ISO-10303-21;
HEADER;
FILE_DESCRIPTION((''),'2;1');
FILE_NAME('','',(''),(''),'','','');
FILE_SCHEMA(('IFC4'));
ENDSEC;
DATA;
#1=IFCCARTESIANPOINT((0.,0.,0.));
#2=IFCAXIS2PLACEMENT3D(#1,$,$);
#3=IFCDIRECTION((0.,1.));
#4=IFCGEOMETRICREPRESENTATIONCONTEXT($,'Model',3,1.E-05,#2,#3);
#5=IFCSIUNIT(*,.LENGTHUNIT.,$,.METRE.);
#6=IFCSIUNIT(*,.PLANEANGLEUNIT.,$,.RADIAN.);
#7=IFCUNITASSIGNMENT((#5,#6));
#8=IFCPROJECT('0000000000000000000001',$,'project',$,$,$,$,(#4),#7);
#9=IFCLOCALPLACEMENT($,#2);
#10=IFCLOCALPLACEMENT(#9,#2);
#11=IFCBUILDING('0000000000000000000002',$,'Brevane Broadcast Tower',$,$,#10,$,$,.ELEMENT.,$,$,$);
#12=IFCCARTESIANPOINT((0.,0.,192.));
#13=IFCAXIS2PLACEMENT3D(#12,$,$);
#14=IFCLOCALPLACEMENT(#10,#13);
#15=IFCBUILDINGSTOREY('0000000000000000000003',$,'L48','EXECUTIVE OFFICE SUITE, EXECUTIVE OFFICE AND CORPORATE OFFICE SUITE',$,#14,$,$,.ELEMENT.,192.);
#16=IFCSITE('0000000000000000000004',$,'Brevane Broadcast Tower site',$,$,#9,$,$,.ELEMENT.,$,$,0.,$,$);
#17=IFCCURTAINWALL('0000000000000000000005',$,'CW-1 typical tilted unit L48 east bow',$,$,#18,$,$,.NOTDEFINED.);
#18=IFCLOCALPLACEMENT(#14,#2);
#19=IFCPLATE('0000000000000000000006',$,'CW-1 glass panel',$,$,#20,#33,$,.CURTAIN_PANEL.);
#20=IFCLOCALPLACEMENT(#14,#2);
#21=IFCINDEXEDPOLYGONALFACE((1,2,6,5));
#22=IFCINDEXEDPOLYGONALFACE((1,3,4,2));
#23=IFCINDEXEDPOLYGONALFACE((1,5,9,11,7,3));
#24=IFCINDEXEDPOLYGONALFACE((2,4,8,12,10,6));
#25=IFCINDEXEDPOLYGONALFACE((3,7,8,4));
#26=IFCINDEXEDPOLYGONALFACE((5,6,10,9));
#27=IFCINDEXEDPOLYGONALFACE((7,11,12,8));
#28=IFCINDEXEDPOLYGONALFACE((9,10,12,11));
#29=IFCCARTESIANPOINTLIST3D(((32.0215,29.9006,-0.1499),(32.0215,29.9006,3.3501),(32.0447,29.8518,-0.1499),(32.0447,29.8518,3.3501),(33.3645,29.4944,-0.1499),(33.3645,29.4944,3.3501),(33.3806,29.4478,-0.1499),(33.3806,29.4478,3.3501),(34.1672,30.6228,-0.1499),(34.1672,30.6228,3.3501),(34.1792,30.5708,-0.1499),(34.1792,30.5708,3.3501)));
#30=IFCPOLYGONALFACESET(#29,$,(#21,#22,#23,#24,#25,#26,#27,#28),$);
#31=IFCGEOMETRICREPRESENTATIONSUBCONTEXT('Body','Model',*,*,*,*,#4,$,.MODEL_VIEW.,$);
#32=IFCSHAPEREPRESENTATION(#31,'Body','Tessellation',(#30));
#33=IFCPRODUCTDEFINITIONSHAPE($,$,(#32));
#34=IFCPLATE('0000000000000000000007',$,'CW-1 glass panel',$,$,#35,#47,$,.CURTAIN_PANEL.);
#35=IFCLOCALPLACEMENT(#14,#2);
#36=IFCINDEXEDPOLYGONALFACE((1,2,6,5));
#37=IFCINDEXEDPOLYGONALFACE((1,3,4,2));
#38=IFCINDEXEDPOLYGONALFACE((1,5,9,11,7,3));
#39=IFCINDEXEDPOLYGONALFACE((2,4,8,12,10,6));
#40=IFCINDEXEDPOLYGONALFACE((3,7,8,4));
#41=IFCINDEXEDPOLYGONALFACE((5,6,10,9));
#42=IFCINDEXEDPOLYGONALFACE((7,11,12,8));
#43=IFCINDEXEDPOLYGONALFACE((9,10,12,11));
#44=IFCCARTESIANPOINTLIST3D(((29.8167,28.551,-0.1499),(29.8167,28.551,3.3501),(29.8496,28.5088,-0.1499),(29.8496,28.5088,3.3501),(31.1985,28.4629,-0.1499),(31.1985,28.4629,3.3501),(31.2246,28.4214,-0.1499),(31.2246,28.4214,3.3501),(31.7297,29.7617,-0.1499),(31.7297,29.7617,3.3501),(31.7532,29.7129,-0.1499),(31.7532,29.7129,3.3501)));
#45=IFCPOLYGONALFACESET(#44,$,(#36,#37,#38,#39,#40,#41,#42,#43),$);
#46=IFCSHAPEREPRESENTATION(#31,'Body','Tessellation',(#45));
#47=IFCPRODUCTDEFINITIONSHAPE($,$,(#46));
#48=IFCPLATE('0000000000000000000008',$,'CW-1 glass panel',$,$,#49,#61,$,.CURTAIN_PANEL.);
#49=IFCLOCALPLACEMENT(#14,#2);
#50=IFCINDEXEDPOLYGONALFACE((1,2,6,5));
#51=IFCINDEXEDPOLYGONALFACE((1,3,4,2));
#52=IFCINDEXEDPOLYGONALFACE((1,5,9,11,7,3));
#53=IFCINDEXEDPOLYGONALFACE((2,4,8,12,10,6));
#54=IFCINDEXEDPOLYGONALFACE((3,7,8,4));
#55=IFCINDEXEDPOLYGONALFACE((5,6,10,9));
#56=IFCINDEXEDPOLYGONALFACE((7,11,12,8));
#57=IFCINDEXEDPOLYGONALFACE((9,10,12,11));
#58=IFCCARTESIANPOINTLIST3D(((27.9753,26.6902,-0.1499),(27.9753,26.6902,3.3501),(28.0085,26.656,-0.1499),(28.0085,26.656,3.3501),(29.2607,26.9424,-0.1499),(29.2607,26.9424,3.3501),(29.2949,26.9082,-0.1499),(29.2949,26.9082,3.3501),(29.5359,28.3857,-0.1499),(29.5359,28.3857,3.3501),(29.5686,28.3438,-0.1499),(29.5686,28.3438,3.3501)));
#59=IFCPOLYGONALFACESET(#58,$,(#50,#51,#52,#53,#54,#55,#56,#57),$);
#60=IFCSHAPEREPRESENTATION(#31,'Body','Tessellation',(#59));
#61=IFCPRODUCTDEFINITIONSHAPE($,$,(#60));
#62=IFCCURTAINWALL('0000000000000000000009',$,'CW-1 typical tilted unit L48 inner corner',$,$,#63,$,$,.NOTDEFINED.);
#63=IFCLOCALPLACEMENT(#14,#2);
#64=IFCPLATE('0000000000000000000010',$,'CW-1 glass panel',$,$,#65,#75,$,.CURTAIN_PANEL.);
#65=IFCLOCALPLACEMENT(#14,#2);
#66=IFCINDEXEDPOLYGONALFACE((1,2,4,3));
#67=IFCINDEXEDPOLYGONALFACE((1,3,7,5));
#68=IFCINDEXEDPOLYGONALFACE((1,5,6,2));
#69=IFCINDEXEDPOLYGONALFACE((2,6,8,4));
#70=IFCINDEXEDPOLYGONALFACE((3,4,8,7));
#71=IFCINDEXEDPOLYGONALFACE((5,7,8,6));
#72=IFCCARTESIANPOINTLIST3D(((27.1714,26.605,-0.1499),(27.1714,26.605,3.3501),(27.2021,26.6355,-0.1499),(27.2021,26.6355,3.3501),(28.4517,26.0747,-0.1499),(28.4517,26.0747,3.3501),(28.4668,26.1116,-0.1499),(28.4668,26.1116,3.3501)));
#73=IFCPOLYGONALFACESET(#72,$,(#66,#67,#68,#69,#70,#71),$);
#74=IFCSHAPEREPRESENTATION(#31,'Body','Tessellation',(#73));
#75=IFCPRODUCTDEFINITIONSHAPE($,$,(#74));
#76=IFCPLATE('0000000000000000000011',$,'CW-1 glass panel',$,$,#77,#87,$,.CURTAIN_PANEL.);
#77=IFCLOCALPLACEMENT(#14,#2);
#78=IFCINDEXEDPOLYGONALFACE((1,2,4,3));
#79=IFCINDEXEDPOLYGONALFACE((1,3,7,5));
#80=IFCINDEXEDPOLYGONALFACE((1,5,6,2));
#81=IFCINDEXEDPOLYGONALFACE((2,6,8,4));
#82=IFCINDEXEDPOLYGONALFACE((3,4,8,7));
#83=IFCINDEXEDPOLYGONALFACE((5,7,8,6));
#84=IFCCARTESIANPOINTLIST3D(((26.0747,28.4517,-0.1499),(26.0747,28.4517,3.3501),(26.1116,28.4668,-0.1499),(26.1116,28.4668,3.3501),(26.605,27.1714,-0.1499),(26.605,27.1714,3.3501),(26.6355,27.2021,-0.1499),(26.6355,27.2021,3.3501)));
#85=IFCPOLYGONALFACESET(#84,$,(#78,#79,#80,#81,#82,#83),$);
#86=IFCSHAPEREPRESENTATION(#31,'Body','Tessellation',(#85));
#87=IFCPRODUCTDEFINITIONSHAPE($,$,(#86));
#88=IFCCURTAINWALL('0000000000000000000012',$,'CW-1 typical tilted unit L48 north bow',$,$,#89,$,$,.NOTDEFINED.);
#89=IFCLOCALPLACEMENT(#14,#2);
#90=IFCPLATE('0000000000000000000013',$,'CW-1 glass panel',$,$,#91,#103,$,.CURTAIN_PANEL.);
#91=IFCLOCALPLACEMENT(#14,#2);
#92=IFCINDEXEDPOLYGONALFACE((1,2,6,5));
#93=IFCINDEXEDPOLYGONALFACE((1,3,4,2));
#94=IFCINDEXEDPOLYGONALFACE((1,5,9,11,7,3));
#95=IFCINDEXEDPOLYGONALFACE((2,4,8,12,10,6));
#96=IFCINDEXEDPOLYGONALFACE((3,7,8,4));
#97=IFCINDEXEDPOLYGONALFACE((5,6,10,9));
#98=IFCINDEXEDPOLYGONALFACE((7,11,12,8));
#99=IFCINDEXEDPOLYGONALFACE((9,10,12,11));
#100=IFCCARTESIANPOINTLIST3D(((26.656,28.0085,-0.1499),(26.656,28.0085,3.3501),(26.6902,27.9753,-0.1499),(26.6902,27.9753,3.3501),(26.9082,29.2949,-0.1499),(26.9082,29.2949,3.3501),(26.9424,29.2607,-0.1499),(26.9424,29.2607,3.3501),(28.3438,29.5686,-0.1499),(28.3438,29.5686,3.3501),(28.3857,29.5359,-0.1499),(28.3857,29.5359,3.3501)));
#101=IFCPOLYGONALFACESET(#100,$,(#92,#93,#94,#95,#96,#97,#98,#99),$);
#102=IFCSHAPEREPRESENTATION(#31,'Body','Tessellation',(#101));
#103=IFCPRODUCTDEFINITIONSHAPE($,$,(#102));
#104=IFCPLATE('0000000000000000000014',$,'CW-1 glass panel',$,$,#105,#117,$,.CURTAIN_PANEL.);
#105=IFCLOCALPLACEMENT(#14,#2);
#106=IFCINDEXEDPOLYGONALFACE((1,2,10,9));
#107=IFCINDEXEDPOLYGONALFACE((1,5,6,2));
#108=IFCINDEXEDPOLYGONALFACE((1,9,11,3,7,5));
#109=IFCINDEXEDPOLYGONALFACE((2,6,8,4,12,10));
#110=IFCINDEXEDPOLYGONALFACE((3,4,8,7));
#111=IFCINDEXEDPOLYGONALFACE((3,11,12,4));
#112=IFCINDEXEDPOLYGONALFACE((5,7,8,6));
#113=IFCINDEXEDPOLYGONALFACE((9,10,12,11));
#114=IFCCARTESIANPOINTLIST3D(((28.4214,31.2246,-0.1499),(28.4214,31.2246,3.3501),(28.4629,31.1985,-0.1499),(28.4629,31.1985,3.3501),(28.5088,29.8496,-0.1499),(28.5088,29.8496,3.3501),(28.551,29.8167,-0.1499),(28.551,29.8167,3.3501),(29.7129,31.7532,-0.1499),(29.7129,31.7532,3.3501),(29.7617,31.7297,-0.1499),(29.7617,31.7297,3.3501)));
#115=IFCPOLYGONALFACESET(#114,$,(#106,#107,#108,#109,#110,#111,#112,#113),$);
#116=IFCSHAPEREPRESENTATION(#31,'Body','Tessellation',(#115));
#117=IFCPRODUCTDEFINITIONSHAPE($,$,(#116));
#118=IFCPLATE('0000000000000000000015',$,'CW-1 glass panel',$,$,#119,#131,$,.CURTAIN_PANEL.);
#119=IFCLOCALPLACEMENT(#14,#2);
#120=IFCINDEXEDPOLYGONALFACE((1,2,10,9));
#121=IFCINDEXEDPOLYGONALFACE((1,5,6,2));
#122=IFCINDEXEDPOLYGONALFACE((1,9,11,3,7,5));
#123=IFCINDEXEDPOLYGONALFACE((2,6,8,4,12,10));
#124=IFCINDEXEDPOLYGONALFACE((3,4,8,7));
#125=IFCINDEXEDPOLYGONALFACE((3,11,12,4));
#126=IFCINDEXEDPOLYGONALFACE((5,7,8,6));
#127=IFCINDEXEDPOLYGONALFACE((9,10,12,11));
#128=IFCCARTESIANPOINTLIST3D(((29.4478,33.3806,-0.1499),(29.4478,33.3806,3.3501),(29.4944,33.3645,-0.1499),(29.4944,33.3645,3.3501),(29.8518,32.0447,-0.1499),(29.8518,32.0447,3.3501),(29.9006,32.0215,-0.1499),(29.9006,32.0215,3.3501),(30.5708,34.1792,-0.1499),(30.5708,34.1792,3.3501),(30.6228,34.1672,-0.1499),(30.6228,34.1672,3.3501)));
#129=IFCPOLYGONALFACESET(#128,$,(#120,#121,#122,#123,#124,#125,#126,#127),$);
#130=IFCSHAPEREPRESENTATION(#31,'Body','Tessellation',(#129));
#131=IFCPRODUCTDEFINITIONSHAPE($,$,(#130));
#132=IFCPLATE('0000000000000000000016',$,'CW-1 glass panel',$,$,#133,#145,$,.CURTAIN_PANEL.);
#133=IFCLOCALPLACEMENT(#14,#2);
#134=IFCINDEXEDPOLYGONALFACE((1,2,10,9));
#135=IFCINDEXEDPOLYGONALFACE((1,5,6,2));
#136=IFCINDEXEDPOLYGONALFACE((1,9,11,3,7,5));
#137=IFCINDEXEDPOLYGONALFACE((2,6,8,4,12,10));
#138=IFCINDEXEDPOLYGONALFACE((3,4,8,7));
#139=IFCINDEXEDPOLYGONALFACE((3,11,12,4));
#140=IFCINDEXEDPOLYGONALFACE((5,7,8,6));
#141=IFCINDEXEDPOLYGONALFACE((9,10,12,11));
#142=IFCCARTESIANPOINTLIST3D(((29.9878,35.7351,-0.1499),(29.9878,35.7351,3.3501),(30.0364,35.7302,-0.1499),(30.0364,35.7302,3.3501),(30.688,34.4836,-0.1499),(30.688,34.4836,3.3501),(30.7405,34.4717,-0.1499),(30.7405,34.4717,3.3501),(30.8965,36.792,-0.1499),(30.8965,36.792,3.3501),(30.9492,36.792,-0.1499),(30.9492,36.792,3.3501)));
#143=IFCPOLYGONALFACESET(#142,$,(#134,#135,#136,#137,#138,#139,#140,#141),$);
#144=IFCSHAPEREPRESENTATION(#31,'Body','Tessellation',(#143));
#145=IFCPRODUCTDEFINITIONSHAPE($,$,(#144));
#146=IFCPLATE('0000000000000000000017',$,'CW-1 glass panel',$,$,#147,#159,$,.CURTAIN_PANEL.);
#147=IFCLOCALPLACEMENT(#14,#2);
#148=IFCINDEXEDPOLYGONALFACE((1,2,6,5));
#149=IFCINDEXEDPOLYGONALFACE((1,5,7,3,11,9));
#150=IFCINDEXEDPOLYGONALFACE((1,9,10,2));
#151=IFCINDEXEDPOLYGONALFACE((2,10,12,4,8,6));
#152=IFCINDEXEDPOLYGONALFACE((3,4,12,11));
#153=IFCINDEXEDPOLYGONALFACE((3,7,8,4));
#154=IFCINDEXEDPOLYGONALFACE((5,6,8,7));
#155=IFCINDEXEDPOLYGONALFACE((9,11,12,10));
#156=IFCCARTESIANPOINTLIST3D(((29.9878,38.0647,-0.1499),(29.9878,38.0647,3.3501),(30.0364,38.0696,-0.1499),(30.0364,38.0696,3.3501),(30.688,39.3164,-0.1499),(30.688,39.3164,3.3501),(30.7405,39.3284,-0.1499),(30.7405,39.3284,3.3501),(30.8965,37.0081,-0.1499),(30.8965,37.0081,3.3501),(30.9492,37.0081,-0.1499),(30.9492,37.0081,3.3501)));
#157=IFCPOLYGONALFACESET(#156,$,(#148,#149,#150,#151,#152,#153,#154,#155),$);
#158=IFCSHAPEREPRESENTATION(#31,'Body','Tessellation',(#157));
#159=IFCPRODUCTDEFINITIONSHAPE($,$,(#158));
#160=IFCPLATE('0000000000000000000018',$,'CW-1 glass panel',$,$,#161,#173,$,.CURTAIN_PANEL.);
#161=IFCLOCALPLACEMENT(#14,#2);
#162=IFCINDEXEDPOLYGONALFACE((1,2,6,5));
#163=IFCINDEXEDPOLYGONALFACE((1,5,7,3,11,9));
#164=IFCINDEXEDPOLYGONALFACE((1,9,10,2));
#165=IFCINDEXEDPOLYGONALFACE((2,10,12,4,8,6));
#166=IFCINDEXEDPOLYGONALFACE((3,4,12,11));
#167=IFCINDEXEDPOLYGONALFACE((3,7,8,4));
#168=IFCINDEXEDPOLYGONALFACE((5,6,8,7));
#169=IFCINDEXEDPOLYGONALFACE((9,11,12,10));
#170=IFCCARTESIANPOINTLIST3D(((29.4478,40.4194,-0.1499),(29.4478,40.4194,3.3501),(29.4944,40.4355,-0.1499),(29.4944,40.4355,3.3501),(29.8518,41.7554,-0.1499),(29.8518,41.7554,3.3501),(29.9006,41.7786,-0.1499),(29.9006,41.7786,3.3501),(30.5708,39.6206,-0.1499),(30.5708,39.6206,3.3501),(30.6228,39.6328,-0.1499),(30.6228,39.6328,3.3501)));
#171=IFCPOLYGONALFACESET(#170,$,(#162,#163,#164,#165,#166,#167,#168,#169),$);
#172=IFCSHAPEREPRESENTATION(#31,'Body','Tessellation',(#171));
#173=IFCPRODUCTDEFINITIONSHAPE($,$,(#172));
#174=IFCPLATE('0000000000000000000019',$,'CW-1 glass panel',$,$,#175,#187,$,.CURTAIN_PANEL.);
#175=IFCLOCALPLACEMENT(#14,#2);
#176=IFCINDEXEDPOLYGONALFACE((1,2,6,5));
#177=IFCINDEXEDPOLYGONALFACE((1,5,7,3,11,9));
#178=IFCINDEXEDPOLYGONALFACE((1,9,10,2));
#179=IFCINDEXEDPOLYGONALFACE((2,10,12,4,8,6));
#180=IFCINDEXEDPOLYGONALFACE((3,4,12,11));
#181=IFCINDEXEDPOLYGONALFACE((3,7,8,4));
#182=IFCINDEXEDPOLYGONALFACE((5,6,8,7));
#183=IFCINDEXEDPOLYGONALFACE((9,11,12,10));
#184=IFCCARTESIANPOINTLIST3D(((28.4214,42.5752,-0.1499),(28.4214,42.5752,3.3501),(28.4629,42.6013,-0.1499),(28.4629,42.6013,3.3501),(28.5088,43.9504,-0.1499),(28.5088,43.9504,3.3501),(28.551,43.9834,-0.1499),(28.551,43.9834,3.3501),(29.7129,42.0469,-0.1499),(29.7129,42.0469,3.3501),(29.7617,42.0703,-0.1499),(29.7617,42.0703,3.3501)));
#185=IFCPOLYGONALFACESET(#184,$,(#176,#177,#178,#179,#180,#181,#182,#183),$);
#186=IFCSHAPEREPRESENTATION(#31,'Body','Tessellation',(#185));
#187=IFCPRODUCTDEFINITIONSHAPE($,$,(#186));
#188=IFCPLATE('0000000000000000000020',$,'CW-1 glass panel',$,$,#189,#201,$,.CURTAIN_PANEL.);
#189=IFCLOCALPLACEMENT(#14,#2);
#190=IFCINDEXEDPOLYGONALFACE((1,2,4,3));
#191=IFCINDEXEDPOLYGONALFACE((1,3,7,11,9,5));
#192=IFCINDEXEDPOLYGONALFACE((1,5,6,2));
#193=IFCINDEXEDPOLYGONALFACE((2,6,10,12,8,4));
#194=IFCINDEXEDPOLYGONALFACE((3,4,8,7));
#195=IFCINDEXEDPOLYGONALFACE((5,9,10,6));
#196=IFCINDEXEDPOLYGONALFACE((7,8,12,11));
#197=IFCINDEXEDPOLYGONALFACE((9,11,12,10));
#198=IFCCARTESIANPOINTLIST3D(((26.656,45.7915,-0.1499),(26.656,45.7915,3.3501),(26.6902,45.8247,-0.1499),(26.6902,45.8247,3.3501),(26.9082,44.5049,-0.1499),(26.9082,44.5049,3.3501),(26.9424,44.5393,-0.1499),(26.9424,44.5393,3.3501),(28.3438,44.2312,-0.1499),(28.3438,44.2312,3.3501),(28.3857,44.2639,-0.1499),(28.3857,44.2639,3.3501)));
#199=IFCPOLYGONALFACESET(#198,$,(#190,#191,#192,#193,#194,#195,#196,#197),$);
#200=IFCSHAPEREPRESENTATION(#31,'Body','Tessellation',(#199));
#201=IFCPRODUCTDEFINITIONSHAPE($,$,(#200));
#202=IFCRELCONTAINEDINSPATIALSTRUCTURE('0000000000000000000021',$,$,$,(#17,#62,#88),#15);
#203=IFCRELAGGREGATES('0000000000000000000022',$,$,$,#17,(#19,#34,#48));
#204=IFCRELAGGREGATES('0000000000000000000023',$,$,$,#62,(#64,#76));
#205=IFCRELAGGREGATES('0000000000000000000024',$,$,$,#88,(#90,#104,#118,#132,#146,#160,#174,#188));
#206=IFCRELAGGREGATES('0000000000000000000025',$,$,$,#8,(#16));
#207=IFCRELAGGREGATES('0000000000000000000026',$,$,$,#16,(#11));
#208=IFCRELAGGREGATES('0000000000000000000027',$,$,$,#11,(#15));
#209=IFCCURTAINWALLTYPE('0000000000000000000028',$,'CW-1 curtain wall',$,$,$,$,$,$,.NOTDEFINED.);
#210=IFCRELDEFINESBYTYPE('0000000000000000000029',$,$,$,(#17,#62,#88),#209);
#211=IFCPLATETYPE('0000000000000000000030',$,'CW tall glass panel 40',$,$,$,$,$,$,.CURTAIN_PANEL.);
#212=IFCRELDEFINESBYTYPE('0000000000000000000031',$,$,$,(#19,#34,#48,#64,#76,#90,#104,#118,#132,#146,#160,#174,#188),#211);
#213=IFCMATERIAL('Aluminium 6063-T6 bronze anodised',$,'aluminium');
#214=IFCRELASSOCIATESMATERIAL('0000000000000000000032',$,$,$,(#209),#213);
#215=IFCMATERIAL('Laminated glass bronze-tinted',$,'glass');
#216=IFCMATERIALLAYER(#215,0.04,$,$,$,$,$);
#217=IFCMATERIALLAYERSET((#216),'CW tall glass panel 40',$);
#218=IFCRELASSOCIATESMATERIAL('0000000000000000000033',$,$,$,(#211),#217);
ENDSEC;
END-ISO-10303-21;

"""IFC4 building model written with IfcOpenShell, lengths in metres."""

from ifc_helpers import new_model, si_unit, direction, frame, origin, place, context, subcontext, project, spatial, polyline, outline, extrude, material, layer, layer_set, type_object, element, aggregate, save


model = new_model("IFC4")

# Units and contexts
model_context = context("Model", 3, precision=1e-05, world=origin(), true_north=direction((0.0, 1.0)))
body_context = subcontext(model_context, "Body", "Model", "MODEL_VIEW")
ifc_project = project(units=[si_unit("LENGTHUNIT", "METRE"), si_unit("PLANEANGLEUNIT", "RADIAN")], contexts=[model_context])

# Site, building, storey
site_placement = place(None, origin())
site = spatial("IfcSite", under=ifc_project, at=site_placement, Name="Brevane Broadcast Tower site", CompositionType="ELEMENT", RefElevation=0.0)
building_placement = place(site_placement, origin())
building = spatial("IfcBuilding", under=site, at=building_placement, Name="Brevane Broadcast Tower", CompositionType="ELEMENT")
storey_placement = place(building_placement, frame((0.0, 0.0, 192.0)))
storey = spatial("IfcBuildingStorey", under=building, at=storey_placement, Name="L48", Description="EXECUTIVE OFFICE SUITE, EXECUTIVE OFFICE AND CORPORATE OFFICE SUITE", CompositionType="ELEMENT", Elevation=192.0)

# Curtain walls, plates
ifc_material_1 = material(Name="Aluminium 6063-T6 bronze anodised", Category="aluminium")
curtain_wall_type = type_object("IfcCurtainWallType", Name="CW-1 curtain wall", PredefinedType="NOTDEFINED", material=ifc_material_1)
curtain_wall_1_placement = place(storey_placement, origin())
curtain_wall_1 = element("IfcCurtainWall", 1, at=curtain_wall_1_placement, inside=storey, type_object=curtain_wall_type, Name="CW-1 typical tilted unit L48 east bow", PredefinedType="NOTDEFINED")
ifc_material_2 = material(Name="Laminated glass bronze-tinted", Category="glass")
ifc_layer = layer(ifc_material_2, 0.04)
ifc_layer_set = layer_set([ifc_layer], Name="CW tall glass panel 40")
plate_type = type_object("IfcPlateType", Name="CW tall glass panel 40", PredefinedType="CURTAIN_PANEL", material=ifc_layer_set)
plate_1_placement = place(storey_placement, frame((0.0, 0.0, -0.1499)))
plate_1 = element("IfcPlate", 2, at=plate_1_placement, type_object=plate_type, Name="CW-1 glass panel", PredefinedType="CURTAIN_PANEL", context=body_context, shape_type="SweptSolid", body=[
    extrude(outline(polyline([(34.1792, 30.5708), (34.1672, 30.6228), (33.3645, 29.4944), (32.0215, 29.9006), (32.0447, 29.8518), (33.3806, 29.4478), (34.1792, 30.5708)])), origin(), (0.0, 0.0, 1.0), 3.5),
])
plate_2_placement = place(storey_placement, frame((0.0, 0.0, -0.1499)))
plate_2 = element("IfcPlate", 3, at=plate_2_placement, type_object=plate_type, Name="CW-1 glass panel", PredefinedType="CURTAIN_PANEL", context=body_context, shape_type="SweptSolid", body=[
    extrude(outline(polyline([(31.7532, 29.7129), (31.7297, 29.7617), (31.1985, 28.4629), (29.8167, 28.551), (29.8496, 28.5088), (31.2246, 28.4214), (31.7532, 29.7129)])), origin(), (0.0, 0.0, 1.0), 3.5),
])
plate_3_placement = place(storey_placement, frame((0.0, 0.0, -0.1499)))
plate_3 = element("IfcPlate", 4, at=plate_3_placement, type_object=plate_type, Name="CW-1 glass panel", PredefinedType="CURTAIN_PANEL", context=body_context, shape_type="SweptSolid", body=[
    extrude(outline(polyline([(29.5686, 28.3438), (29.5359, 28.3857), (29.2607, 26.9424), (27.9753, 26.6902), (28.0085, 26.656), (29.2949, 26.9082), (29.5686, 28.3438)])), origin(), (0.0, 0.0, 1.0), 3.5),
])
aggregate(curtain_wall_1, [plate_1, plate_2, plate_3])
curtain_wall_2_placement = place(storey_placement, origin())
curtain_wall_2 = element("IfcCurtainWall", 5, at=curtain_wall_2_placement, inside=storey, type_object=curtain_wall_type, Name="CW-1 typical tilted unit L48 inner corner", PredefinedType="NOTDEFINED")
plate_4_placement = place(storey_placement, frame((0.0, 0.0, -0.1499)))
plate_4 = element("IfcPlate", 6, at=plate_4_placement, type_object=plate_type, Name="CW-1 glass panel", PredefinedType="CURTAIN_PANEL", context=body_context, shape_type="SweptSolid", body=[
    extrude(outline(polyline([(28.4517, 26.0747), (28.4668, 26.1116), (27.2021, 26.6355), (27.1714, 26.605), (28.4517, 26.0747)])), origin(), (0.0, 0.0, 1.0), 3.5),
])
plate_5_placement = place(storey_placement, frame((0.0, 0.0, -0.1499)))
plate_5 = element("IfcPlate", 7, at=plate_5_placement, type_object=plate_type, Name="CW-1 glass panel", PredefinedType="CURTAIN_PANEL", context=body_context, shape_type="SweptSolid", body=[
    extrude(outline(polyline([(26.605, 27.1714), (26.6355, 27.2021), (26.1116, 28.4668), (26.0747, 28.4517), (26.605, 27.1714)])), origin(), (0.0, 0.0, 1.0), 3.5),
])
aggregate(curtain_wall_2, [plate_4, plate_5])
curtain_wall_3_placement = place(storey_placement, origin())
curtain_wall_3 = element("IfcCurtainWall", 8, at=curtain_wall_3_placement, inside=storey, type_object=curtain_wall_type, Name="CW-1 typical tilted unit L48 north bow", PredefinedType="NOTDEFINED")
plate_6_placement = place(storey_placement, frame((0.0, 0.0, -0.1499)))
plate_6 = element("IfcPlate", 9, at=plate_6_placement, type_object=plate_type, Name="CW-1 glass panel", PredefinedType="CURTAIN_PANEL", context=body_context, shape_type="SweptSolid", body=[
    extrude(outline(polyline([(26.656, 28.0085), (26.6902, 27.9753), (26.9424, 29.2607), (28.3857, 29.5359), (28.3438, 29.5686), (26.9082, 29.2949), (26.656, 28.0085)])), origin(), (0.0, 0.0, 1.0), 3.5),
])
plate_7_placement = place(storey_placement, frame((0.0, 0.0, -0.1499)))
plate_7 = element("IfcPlate", 10, at=plate_7_placement, type_object=plate_type, Name="CW-1 glass panel", PredefinedType="CURTAIN_PANEL", context=body_context, shape_type="SweptSolid", body=[
    extrude(outline(polyline([(28.5088, 29.8496), (28.551, 29.8167), (28.4629, 31.1985), (29.7617, 31.7297), (29.7129, 31.7532), (28.4214, 31.2246), (28.5088, 29.8496)])), origin(), (0.0, 0.0, 1.0), 3.5),
])
plate_8_placement = place(storey_placement, frame((0.0, 0.0, -0.1499)))
plate_8 = element("IfcPlate", 11, at=plate_8_placement, type_object=plate_type, Name="CW-1 glass panel", PredefinedType="CURTAIN_PANEL", context=body_context, shape_type="SweptSolid", body=[
    extrude(outline(polyline([(29.8518, 32.0447), (29.9006, 32.0215), (29.4944, 33.3645), (30.6228, 34.1672), (30.5708, 34.1792), (29.4478, 33.3806), (29.8518, 32.0447)])), origin(), (0.0, 0.0, 1.0), 3.5),
])
plate_9_placement = place(storey_placement, frame((0.0, 0.0, -0.1499)))
plate_9 = element("IfcPlate", 12, at=plate_9_placement, type_object=plate_type, Name="CW-1 glass panel", PredefinedType="CURTAIN_PANEL", context=body_context, shape_type="SweptSolid", body=[
    extrude(outline(polyline([(30.688, 34.4836), (30.7405, 34.4717), (30.0364, 35.7302), (30.9492, 36.792), (30.8965, 36.792), (29.9878, 35.7351), (30.688, 34.4836)])), origin(), (0.0, 0.0, 1.0), 3.5),
])
plate_10_placement = place(storey_placement, frame((0.0, 0.0, -0.1499)))
plate_10 = element("IfcPlate", 13, at=plate_10_placement, type_object=plate_type, Name="CW-1 glass panel", PredefinedType="CURTAIN_PANEL", context=body_context, shape_type="SweptSolid", body=[
    extrude(outline(polyline([(30.8965, 37.0081), (30.9492, 37.0081), (30.0364, 38.0696), (30.7405, 39.3284), (30.688, 39.3164), (29.9878, 38.0647), (30.8965, 37.0081)])), origin(), (0.0, 0.0, 1.0), 3.5),
])
plate_11_placement = place(storey_placement, frame((0.0, 0.0, -0.1499)))
plate_11 = element("IfcPlate", 14, at=plate_11_placement, type_object=plate_type, Name="CW-1 glass panel", PredefinedType="CURTAIN_PANEL", context=body_context, shape_type="SweptSolid", body=[
    extrude(outline(polyline([(30.5708, 39.6206), (30.6228, 39.6328), (29.4944, 40.4355), (29.9006, 41.7786), (29.8518, 41.7554), (29.4478, 40.4194), (30.5708, 39.6206)])), origin(), (0.0, 0.0, 1.0), 3.5),
])
plate_12_placement = place(storey_placement, frame((0.0, 0.0, -0.1499)))
plate_12 = element("IfcPlate", 15, at=plate_12_placement, type_object=plate_type, Name="CW-1 glass panel", PredefinedType="CURTAIN_PANEL", context=body_context, shape_type="SweptSolid", body=[
    extrude(outline(polyline([(29.7129, 42.0469), (29.7617, 42.0703), (28.4629, 42.6013), (28.551, 43.9834), (28.5088, 43.9504), (28.4214, 42.5752), (29.7129, 42.0469)])), origin(), (0.0, 0.0, 1.0), 3.5),
])
plate_13_placement = place(storey_placement, frame((0.0, 0.0, -0.1499)))
plate_13 = element("IfcPlate", 16, at=plate_13_placement, type_object=plate_type, Name="CW-1 glass panel", PredefinedType="CURTAIN_PANEL", context=body_context, shape_type="SweptSolid", body=[
    extrude(outline(polyline([(28.3438, 44.2312), (28.3857, 44.2639), (26.9424, 44.5393), (26.6902, 45.8247), (26.656, 45.7915), (26.9082, 44.5049), (28.3438, 44.2312)])), origin(), (0.0, 0.0, 1.0), 3.5),
])
aggregate(curtain_wall_3, [plate_6, plate_7, plate_8, plate_9, plate_10, plate_11, plate_12, plate_13])

save(model, "model.ifc")
